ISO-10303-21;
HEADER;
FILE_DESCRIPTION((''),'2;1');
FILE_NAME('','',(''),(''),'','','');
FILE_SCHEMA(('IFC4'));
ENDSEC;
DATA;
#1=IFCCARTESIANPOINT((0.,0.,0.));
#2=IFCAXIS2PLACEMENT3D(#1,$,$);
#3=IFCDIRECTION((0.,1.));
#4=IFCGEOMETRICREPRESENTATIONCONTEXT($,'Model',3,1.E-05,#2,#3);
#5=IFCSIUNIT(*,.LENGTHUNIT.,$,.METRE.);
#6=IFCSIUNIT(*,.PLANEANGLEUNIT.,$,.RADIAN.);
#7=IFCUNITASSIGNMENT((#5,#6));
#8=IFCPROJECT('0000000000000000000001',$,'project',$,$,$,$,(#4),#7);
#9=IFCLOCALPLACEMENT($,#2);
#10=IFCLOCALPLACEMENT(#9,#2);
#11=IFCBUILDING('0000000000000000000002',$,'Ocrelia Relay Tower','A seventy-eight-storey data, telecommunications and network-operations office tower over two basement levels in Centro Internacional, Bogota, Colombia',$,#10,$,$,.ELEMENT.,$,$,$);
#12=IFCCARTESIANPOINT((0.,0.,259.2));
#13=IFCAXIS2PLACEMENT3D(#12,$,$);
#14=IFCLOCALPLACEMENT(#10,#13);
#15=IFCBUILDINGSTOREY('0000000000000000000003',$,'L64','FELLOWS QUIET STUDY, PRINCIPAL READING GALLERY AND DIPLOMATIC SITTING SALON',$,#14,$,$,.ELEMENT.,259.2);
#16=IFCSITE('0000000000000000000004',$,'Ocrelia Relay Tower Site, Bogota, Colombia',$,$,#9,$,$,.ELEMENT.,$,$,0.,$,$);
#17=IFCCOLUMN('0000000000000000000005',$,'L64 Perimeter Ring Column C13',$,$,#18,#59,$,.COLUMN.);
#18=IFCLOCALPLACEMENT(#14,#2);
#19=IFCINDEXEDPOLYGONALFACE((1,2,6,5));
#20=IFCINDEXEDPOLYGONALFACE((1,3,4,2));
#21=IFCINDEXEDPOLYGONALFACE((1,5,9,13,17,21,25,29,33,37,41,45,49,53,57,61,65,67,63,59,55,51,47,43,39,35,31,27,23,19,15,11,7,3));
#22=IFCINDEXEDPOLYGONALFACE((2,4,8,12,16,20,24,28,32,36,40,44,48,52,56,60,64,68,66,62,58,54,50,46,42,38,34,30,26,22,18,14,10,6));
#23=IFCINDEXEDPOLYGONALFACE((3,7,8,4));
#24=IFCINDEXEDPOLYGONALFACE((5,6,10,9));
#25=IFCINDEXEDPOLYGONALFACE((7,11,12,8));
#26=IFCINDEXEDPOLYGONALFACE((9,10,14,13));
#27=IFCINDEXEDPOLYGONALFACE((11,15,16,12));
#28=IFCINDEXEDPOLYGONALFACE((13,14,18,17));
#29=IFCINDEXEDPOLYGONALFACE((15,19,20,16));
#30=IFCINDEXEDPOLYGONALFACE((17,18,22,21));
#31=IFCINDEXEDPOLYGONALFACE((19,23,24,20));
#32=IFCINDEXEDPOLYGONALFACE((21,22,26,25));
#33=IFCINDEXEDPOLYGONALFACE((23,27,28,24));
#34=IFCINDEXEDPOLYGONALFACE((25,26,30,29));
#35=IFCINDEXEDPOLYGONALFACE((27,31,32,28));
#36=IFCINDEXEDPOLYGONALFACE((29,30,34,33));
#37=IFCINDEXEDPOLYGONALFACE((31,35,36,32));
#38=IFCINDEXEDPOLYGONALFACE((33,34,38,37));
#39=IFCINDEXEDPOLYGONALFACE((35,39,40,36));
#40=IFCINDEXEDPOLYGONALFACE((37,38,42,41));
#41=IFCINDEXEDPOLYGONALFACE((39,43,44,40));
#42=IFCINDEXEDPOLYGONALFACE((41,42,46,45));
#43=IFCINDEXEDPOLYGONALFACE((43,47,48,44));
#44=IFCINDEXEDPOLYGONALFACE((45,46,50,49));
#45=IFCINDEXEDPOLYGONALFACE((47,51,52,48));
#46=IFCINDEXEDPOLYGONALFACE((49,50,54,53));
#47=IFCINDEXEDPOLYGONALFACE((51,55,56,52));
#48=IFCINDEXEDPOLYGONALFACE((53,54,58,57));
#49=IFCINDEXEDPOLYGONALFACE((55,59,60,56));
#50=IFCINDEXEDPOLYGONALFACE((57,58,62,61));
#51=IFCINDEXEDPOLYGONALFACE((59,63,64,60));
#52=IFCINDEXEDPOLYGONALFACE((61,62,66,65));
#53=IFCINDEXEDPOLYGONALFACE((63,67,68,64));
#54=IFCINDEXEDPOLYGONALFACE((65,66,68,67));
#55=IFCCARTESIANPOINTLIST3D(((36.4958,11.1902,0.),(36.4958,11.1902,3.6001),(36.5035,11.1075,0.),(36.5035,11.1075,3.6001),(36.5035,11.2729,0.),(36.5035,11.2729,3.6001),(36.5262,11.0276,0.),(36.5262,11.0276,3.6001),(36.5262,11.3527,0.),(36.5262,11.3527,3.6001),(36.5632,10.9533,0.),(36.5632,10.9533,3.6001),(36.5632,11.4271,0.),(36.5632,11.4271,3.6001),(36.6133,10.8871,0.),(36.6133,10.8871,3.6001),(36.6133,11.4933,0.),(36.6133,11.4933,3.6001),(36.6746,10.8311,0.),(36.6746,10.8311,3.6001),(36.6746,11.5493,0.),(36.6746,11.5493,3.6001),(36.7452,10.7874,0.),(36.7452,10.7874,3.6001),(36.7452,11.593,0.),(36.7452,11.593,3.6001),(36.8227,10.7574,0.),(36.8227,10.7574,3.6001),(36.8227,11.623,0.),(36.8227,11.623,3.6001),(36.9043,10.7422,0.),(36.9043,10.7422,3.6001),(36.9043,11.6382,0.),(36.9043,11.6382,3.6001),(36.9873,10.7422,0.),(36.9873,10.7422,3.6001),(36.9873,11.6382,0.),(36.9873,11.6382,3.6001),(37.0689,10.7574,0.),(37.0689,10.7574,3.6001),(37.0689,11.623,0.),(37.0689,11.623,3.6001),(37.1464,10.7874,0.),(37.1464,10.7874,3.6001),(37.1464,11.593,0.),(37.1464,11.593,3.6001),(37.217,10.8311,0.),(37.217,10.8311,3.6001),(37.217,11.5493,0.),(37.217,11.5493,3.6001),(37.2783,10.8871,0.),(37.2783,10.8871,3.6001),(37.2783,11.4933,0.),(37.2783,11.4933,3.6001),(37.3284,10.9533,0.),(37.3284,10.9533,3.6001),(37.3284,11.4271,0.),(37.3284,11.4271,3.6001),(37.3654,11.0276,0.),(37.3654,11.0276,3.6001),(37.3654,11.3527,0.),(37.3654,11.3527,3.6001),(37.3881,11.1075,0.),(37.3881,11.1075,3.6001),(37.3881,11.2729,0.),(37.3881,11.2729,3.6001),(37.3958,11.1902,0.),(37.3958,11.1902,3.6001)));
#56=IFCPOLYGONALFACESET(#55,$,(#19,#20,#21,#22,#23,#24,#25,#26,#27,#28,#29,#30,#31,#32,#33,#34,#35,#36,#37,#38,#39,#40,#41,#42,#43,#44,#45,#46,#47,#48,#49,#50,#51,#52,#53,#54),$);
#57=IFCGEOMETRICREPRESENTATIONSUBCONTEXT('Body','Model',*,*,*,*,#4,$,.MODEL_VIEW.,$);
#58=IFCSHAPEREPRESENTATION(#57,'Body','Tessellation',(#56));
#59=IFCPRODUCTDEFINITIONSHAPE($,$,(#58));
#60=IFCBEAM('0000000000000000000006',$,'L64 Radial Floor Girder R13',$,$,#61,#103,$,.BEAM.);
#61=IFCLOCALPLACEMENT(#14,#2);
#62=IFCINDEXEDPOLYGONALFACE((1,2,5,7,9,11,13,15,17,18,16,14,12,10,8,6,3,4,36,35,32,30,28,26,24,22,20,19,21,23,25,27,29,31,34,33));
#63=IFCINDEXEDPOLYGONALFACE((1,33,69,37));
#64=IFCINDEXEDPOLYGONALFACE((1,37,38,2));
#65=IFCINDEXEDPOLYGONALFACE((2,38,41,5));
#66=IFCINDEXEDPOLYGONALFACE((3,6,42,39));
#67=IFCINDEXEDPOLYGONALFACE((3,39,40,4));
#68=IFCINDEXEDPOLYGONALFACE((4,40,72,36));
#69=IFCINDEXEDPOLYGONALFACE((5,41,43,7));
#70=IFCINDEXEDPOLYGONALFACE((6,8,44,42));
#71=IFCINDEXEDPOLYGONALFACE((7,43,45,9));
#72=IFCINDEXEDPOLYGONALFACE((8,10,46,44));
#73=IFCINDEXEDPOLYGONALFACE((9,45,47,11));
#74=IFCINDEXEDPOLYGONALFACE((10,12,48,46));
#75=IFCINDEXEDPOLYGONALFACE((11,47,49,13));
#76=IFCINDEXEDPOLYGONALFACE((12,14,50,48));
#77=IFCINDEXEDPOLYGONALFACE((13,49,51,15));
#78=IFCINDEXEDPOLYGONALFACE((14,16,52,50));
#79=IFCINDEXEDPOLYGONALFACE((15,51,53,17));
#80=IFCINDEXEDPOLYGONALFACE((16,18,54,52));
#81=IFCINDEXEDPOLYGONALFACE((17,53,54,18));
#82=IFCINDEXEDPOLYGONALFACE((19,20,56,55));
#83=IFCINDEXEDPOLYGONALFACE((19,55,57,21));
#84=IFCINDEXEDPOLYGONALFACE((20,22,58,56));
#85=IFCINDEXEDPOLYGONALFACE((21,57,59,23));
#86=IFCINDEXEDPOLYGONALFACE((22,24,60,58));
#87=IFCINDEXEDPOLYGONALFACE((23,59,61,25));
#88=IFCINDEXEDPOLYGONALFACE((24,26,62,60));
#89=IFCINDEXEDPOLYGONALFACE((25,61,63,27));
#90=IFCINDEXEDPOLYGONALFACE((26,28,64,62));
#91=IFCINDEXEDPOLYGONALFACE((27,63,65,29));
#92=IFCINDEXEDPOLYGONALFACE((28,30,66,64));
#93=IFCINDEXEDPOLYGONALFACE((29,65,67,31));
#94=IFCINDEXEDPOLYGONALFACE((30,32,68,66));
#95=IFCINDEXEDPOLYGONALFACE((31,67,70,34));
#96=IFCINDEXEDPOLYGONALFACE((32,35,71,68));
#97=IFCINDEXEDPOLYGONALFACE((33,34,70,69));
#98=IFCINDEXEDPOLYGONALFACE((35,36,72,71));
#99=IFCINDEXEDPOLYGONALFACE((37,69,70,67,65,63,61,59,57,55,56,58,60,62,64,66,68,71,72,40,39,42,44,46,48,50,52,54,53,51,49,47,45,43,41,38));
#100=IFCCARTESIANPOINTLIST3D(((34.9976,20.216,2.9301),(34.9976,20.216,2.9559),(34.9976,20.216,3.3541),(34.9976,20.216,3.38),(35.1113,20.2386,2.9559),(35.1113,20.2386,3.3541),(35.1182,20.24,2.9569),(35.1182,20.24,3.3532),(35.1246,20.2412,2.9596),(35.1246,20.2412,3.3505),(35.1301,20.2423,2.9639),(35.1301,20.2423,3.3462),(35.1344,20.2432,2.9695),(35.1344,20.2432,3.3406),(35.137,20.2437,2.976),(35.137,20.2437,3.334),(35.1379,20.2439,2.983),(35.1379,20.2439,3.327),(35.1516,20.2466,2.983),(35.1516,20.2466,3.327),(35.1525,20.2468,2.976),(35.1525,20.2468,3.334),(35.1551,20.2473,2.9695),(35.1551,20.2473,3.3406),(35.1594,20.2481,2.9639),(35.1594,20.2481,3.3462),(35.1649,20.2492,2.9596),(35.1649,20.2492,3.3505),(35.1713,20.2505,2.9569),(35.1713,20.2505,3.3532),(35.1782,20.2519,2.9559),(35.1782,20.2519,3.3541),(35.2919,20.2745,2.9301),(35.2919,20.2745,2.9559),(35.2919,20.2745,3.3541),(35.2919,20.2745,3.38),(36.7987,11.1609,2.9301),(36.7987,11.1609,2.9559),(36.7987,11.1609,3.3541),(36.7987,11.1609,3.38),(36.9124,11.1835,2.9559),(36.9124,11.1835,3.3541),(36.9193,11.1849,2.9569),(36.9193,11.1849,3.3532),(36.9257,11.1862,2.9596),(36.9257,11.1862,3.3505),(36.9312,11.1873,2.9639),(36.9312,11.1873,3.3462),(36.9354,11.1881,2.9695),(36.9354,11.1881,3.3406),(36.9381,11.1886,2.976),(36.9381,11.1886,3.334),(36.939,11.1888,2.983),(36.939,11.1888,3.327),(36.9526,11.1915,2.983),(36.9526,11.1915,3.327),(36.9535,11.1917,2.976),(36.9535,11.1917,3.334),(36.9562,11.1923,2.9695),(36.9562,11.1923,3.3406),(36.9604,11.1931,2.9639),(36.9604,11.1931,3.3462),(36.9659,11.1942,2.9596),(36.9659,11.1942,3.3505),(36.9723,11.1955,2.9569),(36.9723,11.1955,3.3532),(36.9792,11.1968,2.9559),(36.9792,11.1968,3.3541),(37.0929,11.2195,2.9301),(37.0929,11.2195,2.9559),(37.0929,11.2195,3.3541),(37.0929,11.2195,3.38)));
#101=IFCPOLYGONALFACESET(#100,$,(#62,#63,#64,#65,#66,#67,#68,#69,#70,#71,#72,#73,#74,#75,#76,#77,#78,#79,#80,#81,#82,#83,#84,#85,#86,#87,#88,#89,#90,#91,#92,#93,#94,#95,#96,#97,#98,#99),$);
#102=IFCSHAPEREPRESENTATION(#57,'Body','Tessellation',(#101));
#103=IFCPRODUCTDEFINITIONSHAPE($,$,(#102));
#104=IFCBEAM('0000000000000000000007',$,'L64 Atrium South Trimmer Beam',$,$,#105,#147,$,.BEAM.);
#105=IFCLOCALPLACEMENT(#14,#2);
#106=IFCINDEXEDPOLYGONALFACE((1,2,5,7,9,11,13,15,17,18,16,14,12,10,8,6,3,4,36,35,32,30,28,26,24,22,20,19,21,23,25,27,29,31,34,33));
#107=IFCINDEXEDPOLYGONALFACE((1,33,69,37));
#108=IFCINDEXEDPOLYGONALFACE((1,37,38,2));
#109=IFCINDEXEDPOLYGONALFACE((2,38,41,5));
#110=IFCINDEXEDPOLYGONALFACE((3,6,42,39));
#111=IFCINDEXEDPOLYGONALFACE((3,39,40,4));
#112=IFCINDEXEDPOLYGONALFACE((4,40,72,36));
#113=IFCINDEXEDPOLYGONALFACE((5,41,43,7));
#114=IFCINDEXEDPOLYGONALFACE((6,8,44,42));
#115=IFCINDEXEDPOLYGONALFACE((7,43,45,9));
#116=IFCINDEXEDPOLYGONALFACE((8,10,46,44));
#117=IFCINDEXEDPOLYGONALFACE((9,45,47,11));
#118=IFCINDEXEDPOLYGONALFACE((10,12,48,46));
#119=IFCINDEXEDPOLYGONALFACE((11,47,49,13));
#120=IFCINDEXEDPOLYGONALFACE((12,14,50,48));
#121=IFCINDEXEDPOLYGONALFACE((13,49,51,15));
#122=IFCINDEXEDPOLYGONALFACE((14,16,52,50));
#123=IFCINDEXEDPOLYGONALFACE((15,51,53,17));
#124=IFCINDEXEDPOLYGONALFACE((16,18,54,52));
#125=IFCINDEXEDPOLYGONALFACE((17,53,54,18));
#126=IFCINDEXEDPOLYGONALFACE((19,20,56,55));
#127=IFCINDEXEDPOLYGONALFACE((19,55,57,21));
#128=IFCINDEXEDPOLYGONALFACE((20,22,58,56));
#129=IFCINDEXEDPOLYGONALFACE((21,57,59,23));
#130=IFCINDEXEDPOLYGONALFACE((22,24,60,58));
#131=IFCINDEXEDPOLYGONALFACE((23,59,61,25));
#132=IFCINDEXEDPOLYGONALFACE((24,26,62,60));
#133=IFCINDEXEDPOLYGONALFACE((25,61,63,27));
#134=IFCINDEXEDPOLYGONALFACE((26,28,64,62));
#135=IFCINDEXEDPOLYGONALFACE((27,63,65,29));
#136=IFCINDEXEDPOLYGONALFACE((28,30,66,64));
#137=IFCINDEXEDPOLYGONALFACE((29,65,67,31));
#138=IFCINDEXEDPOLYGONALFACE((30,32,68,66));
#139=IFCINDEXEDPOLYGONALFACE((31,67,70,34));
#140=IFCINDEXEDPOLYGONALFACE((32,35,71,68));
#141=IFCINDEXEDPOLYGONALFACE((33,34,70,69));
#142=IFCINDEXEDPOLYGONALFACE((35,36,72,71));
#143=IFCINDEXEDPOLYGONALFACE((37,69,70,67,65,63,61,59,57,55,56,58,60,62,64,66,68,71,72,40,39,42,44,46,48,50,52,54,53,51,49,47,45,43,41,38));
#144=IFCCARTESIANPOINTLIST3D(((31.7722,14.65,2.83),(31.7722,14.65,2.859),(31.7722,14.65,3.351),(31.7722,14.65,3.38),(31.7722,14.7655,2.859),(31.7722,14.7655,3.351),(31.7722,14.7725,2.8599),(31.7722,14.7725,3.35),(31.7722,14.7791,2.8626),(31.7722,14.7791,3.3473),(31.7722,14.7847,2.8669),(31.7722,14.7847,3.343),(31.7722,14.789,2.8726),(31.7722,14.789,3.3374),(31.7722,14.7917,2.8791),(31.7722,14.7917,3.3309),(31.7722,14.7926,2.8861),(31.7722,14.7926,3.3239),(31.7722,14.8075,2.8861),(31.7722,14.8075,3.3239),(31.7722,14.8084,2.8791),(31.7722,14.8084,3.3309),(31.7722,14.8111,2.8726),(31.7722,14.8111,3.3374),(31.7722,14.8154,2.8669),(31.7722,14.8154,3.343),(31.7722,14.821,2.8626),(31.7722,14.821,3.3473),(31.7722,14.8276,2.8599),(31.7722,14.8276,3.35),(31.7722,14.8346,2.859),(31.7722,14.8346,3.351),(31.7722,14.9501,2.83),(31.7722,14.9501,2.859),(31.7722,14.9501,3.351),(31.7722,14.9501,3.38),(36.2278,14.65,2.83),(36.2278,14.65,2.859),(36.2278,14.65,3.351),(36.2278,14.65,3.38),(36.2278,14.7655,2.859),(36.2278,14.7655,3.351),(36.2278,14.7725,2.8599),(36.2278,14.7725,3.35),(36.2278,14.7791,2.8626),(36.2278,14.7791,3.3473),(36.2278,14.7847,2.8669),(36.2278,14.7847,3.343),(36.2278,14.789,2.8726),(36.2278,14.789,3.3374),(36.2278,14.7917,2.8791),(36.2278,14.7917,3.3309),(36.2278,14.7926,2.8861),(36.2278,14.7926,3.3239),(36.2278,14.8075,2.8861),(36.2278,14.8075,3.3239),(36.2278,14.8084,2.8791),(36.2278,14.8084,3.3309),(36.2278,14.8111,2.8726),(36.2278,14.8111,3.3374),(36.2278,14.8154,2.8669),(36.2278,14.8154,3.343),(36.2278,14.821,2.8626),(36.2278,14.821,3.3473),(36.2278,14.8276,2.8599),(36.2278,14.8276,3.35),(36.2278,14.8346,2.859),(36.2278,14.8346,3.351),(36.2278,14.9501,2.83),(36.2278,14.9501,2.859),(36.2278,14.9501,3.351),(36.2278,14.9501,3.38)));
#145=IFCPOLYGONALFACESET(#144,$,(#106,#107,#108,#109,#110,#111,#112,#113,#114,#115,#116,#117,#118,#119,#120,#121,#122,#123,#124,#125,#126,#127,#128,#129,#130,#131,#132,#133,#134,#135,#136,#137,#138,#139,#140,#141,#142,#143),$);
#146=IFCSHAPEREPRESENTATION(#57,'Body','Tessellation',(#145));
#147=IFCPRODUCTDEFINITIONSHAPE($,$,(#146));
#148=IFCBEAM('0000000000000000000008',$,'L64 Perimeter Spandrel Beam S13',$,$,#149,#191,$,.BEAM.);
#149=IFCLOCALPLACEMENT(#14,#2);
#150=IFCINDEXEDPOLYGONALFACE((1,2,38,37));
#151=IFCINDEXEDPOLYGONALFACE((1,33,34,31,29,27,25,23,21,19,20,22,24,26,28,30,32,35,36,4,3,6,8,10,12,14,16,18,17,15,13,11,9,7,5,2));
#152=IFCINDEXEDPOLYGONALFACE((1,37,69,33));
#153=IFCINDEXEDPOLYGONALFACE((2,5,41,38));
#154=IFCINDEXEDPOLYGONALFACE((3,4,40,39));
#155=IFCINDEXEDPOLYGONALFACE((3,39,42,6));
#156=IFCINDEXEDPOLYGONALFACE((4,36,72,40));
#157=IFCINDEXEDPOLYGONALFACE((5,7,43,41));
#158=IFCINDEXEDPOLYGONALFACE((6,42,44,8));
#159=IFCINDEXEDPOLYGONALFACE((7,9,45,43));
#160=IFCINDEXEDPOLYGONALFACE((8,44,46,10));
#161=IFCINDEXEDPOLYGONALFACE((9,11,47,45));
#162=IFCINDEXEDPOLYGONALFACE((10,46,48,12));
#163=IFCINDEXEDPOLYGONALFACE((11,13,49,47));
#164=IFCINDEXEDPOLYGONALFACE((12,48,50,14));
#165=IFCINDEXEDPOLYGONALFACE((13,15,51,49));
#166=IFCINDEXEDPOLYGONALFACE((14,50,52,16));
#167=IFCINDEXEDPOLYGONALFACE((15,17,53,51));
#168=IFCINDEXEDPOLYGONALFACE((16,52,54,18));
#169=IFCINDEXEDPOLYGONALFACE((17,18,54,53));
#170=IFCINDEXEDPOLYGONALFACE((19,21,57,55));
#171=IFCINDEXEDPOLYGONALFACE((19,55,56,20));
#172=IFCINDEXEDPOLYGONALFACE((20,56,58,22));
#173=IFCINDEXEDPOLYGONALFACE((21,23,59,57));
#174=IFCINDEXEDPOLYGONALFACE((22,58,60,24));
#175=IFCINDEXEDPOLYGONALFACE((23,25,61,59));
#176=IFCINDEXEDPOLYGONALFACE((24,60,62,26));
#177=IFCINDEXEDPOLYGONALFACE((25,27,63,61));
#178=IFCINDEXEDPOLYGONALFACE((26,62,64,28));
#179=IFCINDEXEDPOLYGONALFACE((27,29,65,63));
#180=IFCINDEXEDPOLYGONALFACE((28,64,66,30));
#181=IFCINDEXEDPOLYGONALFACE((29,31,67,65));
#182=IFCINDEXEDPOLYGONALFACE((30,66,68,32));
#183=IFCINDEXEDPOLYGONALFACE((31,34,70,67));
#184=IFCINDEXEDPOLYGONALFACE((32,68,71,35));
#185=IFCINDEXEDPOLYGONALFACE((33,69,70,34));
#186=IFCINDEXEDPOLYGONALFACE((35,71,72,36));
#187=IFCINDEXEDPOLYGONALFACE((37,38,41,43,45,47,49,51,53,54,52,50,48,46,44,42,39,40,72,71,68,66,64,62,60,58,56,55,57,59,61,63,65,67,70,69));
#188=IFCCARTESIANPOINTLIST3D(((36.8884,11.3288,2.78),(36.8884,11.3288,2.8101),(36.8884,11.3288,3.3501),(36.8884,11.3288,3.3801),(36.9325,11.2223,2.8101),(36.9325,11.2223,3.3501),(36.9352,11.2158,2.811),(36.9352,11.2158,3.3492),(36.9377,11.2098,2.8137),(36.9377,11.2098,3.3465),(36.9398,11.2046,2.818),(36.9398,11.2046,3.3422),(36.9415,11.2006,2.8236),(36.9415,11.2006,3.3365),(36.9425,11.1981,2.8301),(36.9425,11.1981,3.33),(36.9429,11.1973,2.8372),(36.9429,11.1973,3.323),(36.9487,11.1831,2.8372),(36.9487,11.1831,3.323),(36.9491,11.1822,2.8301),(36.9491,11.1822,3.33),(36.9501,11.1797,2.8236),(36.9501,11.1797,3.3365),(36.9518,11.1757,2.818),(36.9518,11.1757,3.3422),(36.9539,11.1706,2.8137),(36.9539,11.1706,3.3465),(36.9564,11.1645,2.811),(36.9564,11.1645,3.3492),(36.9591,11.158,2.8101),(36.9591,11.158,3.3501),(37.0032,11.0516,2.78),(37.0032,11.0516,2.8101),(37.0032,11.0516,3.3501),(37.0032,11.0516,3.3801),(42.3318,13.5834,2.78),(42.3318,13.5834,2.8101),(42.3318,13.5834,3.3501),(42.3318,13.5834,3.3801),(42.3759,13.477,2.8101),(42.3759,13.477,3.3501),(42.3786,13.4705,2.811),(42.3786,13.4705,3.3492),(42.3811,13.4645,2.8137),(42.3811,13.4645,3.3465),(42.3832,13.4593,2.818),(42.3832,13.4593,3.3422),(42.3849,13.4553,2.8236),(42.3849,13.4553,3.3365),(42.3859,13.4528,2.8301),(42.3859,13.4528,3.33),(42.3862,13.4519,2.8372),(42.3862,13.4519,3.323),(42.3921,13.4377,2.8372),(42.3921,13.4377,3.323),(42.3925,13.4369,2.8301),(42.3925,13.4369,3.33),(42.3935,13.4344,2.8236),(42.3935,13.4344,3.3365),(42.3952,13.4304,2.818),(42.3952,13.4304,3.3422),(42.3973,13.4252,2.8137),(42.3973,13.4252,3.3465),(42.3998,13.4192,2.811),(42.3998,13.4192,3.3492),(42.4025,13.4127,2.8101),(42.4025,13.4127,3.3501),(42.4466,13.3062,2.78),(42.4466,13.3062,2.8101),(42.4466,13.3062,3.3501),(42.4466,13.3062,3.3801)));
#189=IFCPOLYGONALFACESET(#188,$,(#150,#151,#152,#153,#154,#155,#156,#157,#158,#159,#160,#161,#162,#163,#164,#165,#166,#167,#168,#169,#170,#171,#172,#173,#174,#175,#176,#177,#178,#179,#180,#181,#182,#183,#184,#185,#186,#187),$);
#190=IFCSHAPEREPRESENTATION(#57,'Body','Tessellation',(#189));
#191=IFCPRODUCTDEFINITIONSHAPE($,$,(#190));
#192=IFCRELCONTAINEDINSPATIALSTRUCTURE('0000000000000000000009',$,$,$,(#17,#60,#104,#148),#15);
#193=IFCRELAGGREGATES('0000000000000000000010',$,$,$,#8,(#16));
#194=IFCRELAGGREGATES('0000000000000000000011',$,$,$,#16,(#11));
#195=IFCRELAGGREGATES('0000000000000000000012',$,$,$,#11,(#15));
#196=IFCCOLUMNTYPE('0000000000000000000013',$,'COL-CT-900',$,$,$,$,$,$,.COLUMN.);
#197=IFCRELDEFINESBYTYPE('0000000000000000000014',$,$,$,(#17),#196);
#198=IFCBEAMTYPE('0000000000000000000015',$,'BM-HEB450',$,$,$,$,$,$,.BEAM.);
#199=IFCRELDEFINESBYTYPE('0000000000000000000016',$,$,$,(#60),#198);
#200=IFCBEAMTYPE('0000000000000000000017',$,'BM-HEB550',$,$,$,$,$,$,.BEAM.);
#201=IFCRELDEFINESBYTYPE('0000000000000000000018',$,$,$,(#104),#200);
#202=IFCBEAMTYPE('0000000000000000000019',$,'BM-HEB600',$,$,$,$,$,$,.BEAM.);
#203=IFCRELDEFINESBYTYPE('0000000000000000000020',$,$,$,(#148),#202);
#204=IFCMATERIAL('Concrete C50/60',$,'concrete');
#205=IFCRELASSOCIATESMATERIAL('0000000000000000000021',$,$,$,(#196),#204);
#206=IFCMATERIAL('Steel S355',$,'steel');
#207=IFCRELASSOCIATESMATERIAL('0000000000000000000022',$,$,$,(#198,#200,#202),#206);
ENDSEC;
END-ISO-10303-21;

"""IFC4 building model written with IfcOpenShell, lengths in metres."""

from ifc_helpers import new_model, si_unit, direction, frame, origin, origin_2d, place, context, subcontext, project, spatial, circle, i_section, extrude, material, material_profile, profile_set, type_object, element, save


model = new_model("IFC4")

# Units and contexts
model_context = context("Model", 3, precision=1e-05, world=origin(), true_north=direction((0.0, 1.0)))
body_context = subcontext(model_context, "Body", "Model", "MODEL_VIEW")
ifc_project = project(units=[si_unit("LENGTHUNIT", "METRE"), si_unit("PLANEANGLEUNIT", "RADIAN")], contexts=[model_context])

# Site, building, storey
site_placement = place(None, origin())
site = spatial("IfcSite", under=ifc_project, at=site_placement, Name="Ocrelia Relay Tower Site, Bogota, Colombia", CompositionType="ELEMENT", RefElevation=0.0)
building_placement = place(site_placement, origin())
building = spatial("IfcBuilding", under=site, at=building_placement, Name="Ocrelia Relay Tower", Description="A seventy-eight-storey data, telecommunications and network-operations office tower over two basement levels in Centro Internacional, Bogota, Colombia", CompositionType="ELEMENT")
storey_placement = place(building_placement, frame((0.0, 0.0, 259.2)))
storey = spatial("IfcBuildingStorey", under=building, at=storey_placement, Name="L64", Description="FELLOWS QUIET STUDY, PRINCIPAL READING GALLERY AND DIPLOMATIC SITTING SALON", CompositionType="ELEMENT", Elevation=259.2)

# Column
ifc_material_1 = material(Name="Concrete C50/60", Category="concrete")
ifc_material_profile_1 = material_profile(ifc_material_1, circle(Radius=0.45, at=origin_2d()), Name="RC-CIR-900")
ifc_profile_set_1 = profile_set([ifc_material_profile_1], Name="Concrete C50/60")
column_type = type_object("IfcColumnType", Name="COL-CT-900", PredefinedType="COLUMN", material=ifc_profile_set_1)
column_placement = place(storey_placement, frame((36.9458, 11.1902, 0.0), z_axis=(0.0, 0.0, 1.0), x_axis=(1.0, 0.0, 0.0)))
element("IfcColumn", 1, at=column_placement, inside=storey, type_object=column_type, Name="L64 Perimeter Ring Column C13", PredefinedType="COLUMN", context=body_context, shape_type="SweptSolid", body=[
    extrude(circle(Radius=0.45, at=origin_2d()), origin(), (0.0, 0.0, 1.0), 3.6001),
])

# Beams
ifc_material_2 = material(Name="Steel S355", Category="steel")
ifc_material_profile_2 = material_profile(ifc_material_2, i_section(OverallWidth=0.3, OverallDepth=0.45, WebThickness=0.0139, FlangeThickness=0.0259, FilletRadius=0.0271, at=origin_2d()), Name="HEB 450")
ifc_profile_set_2 = profile_set([ifc_material_profile_2], Name="Steel S355")
beam_type_1 = type_object("IfcBeamType", Name="BM-HEB450", PredefinedType="BEAM", material=ifc_profile_set_2)
beam_1_placement = place(storey_placement, frame((36.9458, 11.1902, 3.155), z_axis=(-0.195079, 0.980788, 0.0), x_axis=(-0.980788, -0.195079, 0.0)))
element("IfcBeam", 2, at=beam_1_placement, inside=storey, type_object=beam_type_1, Name="L64 Radial Floor Girder R13", PredefinedType="BEAM", context=body_context, shape_type="SweptSolid", body=[
    extrude(i_section(OverallWidth=0.3, OverallDepth=0.45, WebThickness=0.0139, FlangeThickness=0.0259, FilletRadius=0.0271, at=origin_2d()), origin(), (0.0, 0.0, 1.0), 9.2324),
])
ifc_material_profile_3 = material_profile(ifc_material_2, i_section(OverallWidth=0.3, OverallDepth=0.55, WebThickness=0.0149, FlangeThickness=0.0291, FilletRadius=0.0271, at=origin_2d()), Name="HEB 550")
ifc_profile_set_3 = profile_set([ifc_material_profile_3], Name="Steel S355")
beam_type_2 = type_object("IfcBeamType", Name="BM-HEB550", PredefinedType="BEAM", material=ifc_profile_set_3)
beam_2_placement = place(storey_placement, frame((31.7722, 14.8, 3.105), z_axis=(1.0, 0.0, 0.0), x_axis=(0.0, 1.0, 0.0)))
element("IfcBeam", 3, at=beam_2_placement, inside=storey, type_object=beam_type_2, Name="L64 Atrium South Trimmer Beam", PredefinedType="BEAM", context=body_context, shape_type="SweptSolid", body=[
    extrude(i_section(OverallWidth=0.3, OverallDepth=0.55, WebThickness=0.0149, FlangeThickness=0.0291, FilletRadius=0.0271, at=origin_2d()), origin(), (0.0, 0.0, 1.0), 4.4556),
])
ifc_material_profile_4 = material_profile(ifc_material_2, i_section(OverallWidth=0.3, OverallDepth=0.6001, WebThickness=0.0154, FlangeThickness=0.03, FilletRadius=0.0271, at=origin_2d()), Name="HEB 600")
ifc_profile_set_4 = profile_set([ifc_material_profile_4], Name="Steel S355")
beam_type_3 = type_object("IfcBeamType", Name="BM-HEB600", PredefinedType="BEAM", material=ifc_profile_set_4)
beam_3_placement = place(storey_placement, frame((36.9458, 11.1902, 3.0801), z_axis=(0.923884, 0.382673, 0.0), x_axis=(-0.382673, 0.923884, 0.0)))
element("IfcBeam", 4, at=beam_3_placement, inside=storey, type_object=beam_type_3, Name="L64 Perimeter Spandrel Beam S13", PredefinedType="BEAM", context=body_context, shape_type="SweptSolid", body=[
    extrude(i_section(OverallWidth=0.3, OverallDepth=0.6001, WebThickness=0.0154, FlangeThickness=0.03, FilletRadius=0.0271, at=origin_2d()), origin(), (0.0, 0.0, 1.0), 5.8918),
])

save(model, "model.ifc")
